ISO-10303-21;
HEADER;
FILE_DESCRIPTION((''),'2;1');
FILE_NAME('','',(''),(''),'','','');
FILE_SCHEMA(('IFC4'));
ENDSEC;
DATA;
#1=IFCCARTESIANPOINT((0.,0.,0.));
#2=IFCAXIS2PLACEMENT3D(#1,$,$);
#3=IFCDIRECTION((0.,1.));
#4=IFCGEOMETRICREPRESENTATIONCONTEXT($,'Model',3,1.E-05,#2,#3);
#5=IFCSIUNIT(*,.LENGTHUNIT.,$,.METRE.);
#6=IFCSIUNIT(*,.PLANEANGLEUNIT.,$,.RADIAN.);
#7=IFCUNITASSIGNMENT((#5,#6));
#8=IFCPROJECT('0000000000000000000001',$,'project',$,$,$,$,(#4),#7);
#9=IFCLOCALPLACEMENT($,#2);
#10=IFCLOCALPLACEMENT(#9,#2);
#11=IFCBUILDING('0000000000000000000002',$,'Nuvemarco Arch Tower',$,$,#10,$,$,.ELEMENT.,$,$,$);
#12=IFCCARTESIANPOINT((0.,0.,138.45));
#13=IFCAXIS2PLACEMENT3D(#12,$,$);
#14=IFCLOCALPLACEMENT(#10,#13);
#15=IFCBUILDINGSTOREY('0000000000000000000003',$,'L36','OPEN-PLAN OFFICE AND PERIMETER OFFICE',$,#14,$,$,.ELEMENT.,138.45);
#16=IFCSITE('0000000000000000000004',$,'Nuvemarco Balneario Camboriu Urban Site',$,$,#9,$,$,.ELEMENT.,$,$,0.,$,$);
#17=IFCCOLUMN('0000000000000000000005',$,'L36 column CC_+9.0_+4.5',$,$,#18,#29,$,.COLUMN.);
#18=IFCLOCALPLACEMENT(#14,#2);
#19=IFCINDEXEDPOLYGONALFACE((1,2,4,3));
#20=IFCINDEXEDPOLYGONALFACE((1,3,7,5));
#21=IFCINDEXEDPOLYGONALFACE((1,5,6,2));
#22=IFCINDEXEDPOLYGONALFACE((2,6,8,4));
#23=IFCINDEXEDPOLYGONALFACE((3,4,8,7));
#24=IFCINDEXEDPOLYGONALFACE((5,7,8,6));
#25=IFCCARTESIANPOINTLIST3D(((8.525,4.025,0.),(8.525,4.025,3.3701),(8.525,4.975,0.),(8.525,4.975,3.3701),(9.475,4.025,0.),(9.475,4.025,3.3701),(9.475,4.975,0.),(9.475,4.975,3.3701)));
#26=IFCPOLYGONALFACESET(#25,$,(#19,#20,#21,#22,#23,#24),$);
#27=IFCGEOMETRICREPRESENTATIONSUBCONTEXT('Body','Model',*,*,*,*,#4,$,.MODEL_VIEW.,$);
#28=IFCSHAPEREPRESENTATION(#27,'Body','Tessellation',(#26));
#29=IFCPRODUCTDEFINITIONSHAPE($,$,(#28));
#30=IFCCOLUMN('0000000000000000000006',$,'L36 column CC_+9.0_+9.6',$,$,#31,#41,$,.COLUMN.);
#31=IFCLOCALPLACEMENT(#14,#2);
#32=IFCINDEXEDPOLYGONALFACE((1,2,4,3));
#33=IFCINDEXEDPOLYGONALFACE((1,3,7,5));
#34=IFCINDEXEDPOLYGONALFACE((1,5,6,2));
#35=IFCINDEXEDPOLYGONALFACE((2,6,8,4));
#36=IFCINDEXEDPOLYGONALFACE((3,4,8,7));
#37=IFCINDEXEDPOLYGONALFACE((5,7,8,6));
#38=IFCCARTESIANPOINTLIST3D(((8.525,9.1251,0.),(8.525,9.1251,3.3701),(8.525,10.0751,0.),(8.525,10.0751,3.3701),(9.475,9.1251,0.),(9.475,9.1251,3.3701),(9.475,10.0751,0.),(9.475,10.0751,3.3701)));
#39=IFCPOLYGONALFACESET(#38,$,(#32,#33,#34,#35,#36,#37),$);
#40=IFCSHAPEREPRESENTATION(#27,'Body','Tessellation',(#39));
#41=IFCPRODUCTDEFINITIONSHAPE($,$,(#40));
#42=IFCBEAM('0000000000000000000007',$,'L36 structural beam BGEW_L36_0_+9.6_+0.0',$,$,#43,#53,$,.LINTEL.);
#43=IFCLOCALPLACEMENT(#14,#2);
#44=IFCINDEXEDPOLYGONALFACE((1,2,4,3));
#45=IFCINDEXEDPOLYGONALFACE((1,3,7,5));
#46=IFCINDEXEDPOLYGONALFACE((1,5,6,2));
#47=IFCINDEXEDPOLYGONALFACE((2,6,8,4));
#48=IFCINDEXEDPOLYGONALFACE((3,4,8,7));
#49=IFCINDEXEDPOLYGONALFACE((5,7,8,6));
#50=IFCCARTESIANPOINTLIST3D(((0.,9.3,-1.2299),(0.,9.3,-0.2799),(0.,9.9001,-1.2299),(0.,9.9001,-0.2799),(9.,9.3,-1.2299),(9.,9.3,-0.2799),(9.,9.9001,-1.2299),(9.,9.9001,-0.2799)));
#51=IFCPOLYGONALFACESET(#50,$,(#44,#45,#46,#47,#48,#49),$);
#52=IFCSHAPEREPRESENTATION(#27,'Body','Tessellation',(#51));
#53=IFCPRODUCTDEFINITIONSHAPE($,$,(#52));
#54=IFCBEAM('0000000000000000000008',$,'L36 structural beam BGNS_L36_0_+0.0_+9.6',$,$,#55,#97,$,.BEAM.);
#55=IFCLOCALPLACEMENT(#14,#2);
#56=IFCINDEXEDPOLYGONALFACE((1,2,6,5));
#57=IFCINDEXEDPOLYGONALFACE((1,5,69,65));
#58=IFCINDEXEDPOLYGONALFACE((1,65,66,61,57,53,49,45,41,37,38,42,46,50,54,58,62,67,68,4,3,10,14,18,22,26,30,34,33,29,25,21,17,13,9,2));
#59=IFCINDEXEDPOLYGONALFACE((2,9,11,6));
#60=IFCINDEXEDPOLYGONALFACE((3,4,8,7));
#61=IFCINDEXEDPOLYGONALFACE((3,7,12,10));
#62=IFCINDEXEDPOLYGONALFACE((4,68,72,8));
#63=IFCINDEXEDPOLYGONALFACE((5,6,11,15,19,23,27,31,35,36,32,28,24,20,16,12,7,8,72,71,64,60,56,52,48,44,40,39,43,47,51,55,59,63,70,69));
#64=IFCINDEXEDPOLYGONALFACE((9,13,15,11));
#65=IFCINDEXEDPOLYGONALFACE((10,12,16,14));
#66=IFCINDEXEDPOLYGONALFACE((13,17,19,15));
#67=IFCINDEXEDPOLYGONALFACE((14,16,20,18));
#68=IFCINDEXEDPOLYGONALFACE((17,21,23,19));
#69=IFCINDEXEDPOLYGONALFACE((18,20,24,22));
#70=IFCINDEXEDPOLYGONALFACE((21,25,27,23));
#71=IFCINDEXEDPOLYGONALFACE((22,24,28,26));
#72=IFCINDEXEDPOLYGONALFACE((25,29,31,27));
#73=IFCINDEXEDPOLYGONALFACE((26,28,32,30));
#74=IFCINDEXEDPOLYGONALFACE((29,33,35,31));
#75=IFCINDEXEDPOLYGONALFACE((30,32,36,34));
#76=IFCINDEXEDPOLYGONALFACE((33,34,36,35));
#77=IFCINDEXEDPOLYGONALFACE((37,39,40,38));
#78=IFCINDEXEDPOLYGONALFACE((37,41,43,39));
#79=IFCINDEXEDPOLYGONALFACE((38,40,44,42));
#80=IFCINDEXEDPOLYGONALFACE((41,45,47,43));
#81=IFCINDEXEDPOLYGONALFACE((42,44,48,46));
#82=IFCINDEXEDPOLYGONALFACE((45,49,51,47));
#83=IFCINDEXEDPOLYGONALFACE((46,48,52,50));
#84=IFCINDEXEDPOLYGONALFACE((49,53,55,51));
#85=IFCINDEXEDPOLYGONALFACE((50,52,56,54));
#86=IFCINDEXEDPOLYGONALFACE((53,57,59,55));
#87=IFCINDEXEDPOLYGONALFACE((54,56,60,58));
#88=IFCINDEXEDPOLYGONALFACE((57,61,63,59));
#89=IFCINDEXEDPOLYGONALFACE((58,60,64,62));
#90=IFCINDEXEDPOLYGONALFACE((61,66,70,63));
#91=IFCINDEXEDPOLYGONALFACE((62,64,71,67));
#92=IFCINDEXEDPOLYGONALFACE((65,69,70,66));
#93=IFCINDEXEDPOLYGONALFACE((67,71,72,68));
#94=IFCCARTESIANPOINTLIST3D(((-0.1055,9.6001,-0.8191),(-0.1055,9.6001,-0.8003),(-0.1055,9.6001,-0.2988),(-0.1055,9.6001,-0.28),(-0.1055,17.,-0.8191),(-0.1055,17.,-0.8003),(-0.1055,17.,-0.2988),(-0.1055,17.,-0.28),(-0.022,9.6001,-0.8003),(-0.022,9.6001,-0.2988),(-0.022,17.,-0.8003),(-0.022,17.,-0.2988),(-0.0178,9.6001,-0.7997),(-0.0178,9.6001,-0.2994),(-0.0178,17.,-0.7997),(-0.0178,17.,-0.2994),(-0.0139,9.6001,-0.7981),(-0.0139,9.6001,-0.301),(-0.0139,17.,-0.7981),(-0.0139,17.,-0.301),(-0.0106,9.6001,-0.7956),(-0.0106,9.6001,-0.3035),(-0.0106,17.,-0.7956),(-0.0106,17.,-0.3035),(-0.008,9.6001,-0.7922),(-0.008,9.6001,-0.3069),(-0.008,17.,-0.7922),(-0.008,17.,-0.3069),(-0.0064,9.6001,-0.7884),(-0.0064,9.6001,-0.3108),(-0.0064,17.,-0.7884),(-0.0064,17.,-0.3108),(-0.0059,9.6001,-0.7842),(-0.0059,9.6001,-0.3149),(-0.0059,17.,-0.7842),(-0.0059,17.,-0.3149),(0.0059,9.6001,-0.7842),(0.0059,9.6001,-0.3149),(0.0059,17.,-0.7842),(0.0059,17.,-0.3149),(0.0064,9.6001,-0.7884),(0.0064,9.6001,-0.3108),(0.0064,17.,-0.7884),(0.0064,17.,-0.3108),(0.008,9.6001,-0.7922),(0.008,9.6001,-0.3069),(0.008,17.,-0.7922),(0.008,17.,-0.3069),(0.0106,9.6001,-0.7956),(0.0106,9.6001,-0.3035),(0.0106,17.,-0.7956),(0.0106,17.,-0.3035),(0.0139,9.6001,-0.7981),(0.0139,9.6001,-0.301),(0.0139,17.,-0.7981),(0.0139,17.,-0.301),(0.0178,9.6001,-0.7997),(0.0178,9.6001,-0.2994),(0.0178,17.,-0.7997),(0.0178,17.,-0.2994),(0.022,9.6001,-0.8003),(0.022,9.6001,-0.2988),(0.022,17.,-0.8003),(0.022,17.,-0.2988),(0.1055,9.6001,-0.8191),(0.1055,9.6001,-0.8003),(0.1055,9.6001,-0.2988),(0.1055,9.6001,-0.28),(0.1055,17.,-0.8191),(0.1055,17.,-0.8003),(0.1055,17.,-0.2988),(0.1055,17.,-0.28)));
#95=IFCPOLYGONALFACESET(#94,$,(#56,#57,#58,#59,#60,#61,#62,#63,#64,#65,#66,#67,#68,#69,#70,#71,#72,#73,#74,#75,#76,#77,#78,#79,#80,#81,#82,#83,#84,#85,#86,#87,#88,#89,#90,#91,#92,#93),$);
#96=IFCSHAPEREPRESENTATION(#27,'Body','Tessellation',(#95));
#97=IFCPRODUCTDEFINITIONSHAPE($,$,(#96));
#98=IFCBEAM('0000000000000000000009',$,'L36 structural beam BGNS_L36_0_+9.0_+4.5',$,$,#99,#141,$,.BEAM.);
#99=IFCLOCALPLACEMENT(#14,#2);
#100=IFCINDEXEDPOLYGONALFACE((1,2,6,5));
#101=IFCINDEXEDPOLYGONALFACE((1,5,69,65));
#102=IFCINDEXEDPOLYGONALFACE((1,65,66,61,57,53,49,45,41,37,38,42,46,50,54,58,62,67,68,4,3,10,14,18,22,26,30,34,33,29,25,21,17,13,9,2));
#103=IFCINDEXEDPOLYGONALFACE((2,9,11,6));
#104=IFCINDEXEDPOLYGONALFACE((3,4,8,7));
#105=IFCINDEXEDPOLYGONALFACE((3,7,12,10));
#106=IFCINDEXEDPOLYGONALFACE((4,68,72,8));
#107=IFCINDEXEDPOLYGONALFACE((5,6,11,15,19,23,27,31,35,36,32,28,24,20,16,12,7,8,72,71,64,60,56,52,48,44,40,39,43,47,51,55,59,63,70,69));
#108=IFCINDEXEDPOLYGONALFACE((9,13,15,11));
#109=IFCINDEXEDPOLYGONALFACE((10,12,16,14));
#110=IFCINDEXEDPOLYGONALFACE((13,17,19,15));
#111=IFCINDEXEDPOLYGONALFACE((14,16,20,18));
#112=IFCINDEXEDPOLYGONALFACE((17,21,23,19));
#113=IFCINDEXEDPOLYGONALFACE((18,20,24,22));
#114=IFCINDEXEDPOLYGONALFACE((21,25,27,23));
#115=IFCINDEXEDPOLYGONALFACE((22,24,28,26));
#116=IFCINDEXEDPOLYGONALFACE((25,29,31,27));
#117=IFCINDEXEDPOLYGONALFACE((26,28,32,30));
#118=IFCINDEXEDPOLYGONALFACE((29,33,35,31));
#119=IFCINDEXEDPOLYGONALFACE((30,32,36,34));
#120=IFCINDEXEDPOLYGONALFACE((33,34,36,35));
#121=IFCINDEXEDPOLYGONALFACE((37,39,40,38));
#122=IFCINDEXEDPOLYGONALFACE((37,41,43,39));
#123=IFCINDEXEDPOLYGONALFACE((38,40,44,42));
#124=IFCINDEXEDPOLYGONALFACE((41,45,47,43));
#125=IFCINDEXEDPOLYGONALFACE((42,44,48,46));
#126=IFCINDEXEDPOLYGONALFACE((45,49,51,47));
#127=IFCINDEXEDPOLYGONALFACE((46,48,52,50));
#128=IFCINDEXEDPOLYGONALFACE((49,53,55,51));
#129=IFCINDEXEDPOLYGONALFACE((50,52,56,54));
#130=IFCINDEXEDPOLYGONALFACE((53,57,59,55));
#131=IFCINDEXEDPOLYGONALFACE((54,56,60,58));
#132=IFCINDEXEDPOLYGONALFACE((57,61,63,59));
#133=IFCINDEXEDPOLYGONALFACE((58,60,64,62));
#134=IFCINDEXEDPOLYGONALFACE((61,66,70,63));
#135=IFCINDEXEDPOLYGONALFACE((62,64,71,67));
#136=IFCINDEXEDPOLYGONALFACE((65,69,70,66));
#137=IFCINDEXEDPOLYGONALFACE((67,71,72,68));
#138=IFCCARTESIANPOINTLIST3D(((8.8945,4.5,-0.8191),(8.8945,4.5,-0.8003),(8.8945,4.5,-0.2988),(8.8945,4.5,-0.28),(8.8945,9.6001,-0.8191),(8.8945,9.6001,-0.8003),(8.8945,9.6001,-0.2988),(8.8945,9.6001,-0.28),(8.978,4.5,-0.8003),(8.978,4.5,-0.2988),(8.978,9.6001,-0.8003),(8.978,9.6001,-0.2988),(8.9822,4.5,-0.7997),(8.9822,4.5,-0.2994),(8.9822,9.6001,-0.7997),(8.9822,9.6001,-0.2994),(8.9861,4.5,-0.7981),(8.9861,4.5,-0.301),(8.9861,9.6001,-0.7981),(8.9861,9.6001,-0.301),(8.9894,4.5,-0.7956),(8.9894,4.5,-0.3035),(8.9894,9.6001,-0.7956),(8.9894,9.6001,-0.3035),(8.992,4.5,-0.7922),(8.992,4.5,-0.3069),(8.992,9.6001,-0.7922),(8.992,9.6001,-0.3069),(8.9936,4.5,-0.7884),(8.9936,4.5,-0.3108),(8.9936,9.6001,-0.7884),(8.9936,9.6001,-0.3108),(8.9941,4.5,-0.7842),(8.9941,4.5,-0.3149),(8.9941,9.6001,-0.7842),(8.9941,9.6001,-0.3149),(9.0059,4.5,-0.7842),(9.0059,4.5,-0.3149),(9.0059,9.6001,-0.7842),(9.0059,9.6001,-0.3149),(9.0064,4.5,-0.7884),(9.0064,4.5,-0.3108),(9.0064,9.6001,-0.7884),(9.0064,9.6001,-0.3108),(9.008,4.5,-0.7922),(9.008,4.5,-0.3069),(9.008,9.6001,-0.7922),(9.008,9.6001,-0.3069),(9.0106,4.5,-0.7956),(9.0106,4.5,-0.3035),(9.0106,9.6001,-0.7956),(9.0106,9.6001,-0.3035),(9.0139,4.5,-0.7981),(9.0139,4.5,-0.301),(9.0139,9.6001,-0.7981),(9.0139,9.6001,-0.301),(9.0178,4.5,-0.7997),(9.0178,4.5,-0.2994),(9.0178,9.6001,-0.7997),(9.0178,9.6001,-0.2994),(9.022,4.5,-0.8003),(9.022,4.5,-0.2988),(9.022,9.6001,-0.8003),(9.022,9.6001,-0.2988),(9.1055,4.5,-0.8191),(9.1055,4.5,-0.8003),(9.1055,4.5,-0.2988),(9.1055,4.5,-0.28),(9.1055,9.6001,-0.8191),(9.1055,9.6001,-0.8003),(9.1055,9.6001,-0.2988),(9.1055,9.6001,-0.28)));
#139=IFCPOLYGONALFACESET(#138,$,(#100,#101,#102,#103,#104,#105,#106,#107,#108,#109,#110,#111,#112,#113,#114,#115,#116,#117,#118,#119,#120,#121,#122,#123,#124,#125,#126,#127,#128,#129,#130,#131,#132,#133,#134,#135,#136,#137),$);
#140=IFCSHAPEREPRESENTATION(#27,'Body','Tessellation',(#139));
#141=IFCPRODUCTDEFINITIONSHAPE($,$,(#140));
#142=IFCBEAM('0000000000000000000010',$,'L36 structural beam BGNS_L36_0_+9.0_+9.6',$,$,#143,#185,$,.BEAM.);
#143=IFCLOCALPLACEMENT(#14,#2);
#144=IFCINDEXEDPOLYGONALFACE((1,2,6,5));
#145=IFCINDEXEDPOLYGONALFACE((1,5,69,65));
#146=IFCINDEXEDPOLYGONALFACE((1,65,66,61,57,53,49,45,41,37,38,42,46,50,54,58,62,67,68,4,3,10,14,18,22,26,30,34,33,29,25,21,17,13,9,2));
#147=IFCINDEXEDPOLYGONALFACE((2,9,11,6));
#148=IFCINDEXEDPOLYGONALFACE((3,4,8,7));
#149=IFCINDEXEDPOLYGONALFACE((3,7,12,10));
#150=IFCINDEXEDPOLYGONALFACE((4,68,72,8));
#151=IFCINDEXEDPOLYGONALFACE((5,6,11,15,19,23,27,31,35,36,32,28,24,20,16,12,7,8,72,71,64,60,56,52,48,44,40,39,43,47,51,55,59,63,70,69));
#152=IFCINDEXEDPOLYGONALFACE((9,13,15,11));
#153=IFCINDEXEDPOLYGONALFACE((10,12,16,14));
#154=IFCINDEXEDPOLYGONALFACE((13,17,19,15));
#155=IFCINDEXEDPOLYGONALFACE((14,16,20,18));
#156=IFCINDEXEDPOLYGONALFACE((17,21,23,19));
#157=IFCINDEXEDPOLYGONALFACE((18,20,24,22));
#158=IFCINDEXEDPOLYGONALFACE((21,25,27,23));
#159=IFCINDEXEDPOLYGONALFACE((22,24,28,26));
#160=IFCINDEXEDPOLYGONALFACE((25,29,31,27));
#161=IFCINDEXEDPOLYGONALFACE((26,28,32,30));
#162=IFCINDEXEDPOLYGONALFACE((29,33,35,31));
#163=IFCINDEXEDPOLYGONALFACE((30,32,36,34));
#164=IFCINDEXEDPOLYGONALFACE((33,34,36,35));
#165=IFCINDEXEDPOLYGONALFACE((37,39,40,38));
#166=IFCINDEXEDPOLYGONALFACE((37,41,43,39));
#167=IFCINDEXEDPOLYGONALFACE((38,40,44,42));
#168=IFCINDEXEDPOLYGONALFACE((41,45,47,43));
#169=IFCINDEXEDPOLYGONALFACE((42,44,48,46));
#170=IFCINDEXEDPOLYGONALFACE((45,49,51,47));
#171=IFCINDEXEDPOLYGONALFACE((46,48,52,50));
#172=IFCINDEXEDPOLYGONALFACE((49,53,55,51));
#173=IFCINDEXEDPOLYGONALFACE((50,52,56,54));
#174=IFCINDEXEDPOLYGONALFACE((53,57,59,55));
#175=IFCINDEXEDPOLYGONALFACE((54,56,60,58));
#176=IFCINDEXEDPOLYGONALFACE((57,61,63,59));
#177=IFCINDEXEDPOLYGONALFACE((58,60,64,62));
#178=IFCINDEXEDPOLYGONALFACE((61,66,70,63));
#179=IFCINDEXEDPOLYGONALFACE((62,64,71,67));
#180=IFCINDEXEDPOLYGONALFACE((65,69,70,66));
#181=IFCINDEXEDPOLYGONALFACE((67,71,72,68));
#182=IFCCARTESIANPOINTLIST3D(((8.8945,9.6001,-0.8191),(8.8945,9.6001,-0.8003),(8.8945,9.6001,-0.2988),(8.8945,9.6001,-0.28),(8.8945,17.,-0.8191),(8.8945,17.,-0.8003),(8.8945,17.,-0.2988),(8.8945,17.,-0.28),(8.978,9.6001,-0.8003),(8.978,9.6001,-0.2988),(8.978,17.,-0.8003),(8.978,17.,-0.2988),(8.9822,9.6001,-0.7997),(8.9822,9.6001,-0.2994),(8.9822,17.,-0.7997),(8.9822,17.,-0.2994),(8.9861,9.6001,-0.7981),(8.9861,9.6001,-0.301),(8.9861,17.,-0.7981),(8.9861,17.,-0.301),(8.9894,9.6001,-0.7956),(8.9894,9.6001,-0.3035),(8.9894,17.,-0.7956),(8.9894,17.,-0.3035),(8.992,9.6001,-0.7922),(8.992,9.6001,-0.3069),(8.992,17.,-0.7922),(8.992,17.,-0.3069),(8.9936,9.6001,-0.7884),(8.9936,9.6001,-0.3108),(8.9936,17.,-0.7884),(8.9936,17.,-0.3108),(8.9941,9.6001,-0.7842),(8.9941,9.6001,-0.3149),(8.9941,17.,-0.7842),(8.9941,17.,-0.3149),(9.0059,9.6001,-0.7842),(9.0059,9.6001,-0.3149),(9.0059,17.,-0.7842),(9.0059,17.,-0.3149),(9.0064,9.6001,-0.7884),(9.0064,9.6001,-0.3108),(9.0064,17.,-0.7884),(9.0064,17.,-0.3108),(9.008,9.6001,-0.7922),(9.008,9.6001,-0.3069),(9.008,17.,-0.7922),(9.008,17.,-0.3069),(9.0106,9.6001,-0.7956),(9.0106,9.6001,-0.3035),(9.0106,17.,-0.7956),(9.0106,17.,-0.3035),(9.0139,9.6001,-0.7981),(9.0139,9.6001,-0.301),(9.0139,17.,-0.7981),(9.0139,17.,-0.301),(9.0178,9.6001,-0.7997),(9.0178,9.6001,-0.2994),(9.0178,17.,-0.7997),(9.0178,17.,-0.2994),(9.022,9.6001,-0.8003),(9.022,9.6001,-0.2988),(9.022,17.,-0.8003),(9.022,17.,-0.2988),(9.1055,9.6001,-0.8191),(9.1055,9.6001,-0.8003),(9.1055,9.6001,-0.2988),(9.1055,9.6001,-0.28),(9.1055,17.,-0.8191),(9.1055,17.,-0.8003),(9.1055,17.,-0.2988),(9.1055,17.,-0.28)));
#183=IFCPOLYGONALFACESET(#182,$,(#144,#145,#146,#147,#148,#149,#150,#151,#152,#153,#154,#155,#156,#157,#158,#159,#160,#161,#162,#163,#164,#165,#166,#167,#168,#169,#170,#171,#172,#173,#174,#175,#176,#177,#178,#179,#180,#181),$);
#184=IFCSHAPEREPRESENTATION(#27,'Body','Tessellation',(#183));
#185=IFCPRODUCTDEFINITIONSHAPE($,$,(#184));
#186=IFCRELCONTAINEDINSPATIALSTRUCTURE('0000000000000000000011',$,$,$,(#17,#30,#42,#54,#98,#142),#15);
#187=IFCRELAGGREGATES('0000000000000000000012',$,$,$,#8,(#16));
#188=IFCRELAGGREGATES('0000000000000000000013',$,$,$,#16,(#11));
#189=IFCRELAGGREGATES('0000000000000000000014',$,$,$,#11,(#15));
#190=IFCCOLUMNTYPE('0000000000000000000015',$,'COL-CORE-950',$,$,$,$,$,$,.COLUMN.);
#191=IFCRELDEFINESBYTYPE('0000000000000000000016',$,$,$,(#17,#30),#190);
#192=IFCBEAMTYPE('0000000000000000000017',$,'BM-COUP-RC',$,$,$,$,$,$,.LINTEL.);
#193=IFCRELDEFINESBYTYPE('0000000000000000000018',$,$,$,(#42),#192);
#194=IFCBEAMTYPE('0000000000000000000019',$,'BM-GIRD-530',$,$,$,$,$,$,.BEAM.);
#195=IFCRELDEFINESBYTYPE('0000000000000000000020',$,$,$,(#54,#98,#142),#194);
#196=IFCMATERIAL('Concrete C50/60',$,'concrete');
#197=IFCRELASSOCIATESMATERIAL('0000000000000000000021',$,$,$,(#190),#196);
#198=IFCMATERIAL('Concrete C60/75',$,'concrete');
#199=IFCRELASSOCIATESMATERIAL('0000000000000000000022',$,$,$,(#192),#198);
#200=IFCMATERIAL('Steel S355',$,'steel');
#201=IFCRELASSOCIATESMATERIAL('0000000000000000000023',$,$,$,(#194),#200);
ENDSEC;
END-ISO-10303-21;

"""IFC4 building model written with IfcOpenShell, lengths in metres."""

from ifc_helpers import new_model, si_unit, direction, frame, origin, origin_2d, place, context, subcontext, project, spatial, rectangle, i_section, extrude, material, material_profile, profile_set, type_object, element, save


model = new_model("IFC4")

# Units and contexts
model_context = context("Model", 3, precision=1e-05, world=origin(), true_north=direction((0.0, 1.0)))
body_context = subcontext(model_context, "Body", "Model", "MODEL_VIEW")
ifc_project = project(units=[si_unit("LENGTHUNIT", "METRE"), si_unit("PLANEANGLEUNIT", "RADIAN")], contexts=[model_context])

# Site, building, storey
site_placement = place(None, origin())
site = spatial("IfcSite", under=ifc_project, at=site_placement, Name="Nuvemarco Balneario Camboriu Urban Site", CompositionType="ELEMENT", RefElevation=0.0)
building_placement = place(site_placement, origin())
building = spatial("IfcBuilding", under=site, at=building_placement, Name="Nuvemarco Arch Tower", CompositionType="ELEMENT")
storey_placement = place(building_placement, frame((0.0, 0.0, 138.45)))
storey = spatial("IfcBuildingStorey", under=building, at=storey_placement, Name="L36", Description="OPEN-PLAN OFFICE AND PERIMETER OFFICE", CompositionType="ELEMENT", Elevation=138.45)

# Columns
ifc_material_1 = material(Name="Concrete C50/60", Category="concrete")
ifc_material_profile_1 = material_profile(ifc_material_1, rectangle(XDim=0.95, YDim=0.95, at=origin_2d()), Name="RC-COL-950x950")
ifc_profile_set_1 = profile_set([ifc_material_profile_1], Name="Concrete C50/60")
column_type = type_object("IfcColumnType", Name="COL-CORE-950", PredefinedType="COLUMN", material=ifc_profile_set_1)
for number, where, z_axis, x_axis, name in (
    (1, (9.0, 4.5, 0.0), (0.0, 0.0, 1.0), (1.0, 0.0, 0.0), "L36 column CC_+9.0_+4.5"),
    (2, (9.0, 9.6001, 0.0), (0.0, 0.0, 1.0), (1.0, 0.0, 0.0), "L36 column CC_+9.0_+9.6"),
):
    element("IfcColumn", number, at=place(storey_placement, frame(where, z_axis=z_axis, x_axis=x_axis)), inside=storey, type_object=column_type, Name=name, PredefinedType="COLUMN", context=body_context, shape_type="SweptSolid", body=[
        extrude(rectangle(XDim=0.95, YDim=0.95, at=origin_2d()), origin(), (0.0, 0.0, 1.0), 3.3701),
    ])

# Beams
ifc_material_2 = material(Name="Concrete C60/75", Category="concrete")
ifc_material_profile_2 = material_profile(ifc_material_2, rectangle(XDim=0.6001, YDim=0.95, at=origin_2d()), Name="RC-BM-600x950")
ifc_profile_set_2 = profile_set([ifc_material_profile_2], Name="Concrete C60/75")
beam_type_1 = type_object("IfcBeamType", Name="BM-COUP-RC", PredefinedType="LINTEL", material=ifc_profile_set_2)
beam_1_placement = place(storey_placement, frame((0.0, 9.6001, -0.7549), z_axis=(1.0, 0.0, 0.0), x_axis=(0.0, 1.0, 0.0)))
element("IfcBeam", 3, at=beam_1_placement, inside=storey, type_object=beam_type_1, Name="L36 structural beam BGEW_L36_0_+9.6_+0.0", PredefinedType="LINTEL", context=body_context, shape_type="SweptSolid", body=[
    extrude(rectangle(XDim=0.6001, YDim=0.95, at=origin_2d()), origin(), (0.0, 0.0, 1.0), 9.0),
])
ifc_material_3 = material(Name="Steel S355", Category="steel")
ifc_material_profile_3 = material_profile(ifc_material_3, i_section(OverallWidth=0.2109, OverallDepth=0.5391, WebThickness=0.0117, FlangeThickness=0.0188, FilletRadius=0.0161, at=origin_2d()), Name="W530x109")
ifc_profile_set_3 = profile_set([ifc_material_profile_3], Name="Steel S355")
beam_type_2 = type_object("IfcBeamType", Name="BM-GIRD-530", PredefinedType="BEAM", material=ifc_profile_set_3)
beam_2_placement = place(storey_placement, frame((0.0, 9.6001, -0.5496), z_axis=(0.0, 1.0, 0.0), x_axis=(-1.0, 0.0, 0.0)))
element("IfcBeam", 4, at=beam_2_placement, inside=storey, type_object=beam_type_2, Name="L36 structural beam BGNS_L36_0_+0.0_+9.6", PredefinedType="BEAM", context=body_context, shape_type="SweptSolid", body=[
    extrude(i_section(OverallWidth=0.2109, OverallDepth=0.5391, WebThickness=0.0117, FlangeThickness=0.0188, FilletRadius=0.0161, at=origin_2d()), origin(), (0.0, 0.0, 1.0), 7.3999),
])
beam_3_placement = place(storey_placement, frame((9.0, 4.5, -0.5496), z_axis=(0.0, 1.0, 0.0), x_axis=(-1.0, 0.0, 0.0)))
element("IfcBeam", 5, at=beam_3_placement, inside=storey, type_object=beam_type_2, Name="L36 structural beam BGNS_L36_0_+9.0_+4.5", PredefinedType="BEAM", context=body_context, shape_type="SweptSolid", body=[
    extrude(i_section(OverallWidth=0.2109, OverallDepth=0.5391, WebThickness=0.0117, FlangeThickness=0.0188, FilletRadius=0.0161, at=origin_2d()), origin(), (0.0, 0.0, 1.0), 5.1001),
])
beam_4_placement = place(storey_placement, frame((9.0, 9.6001, -0.5496), z_axis=(0.0, 1.0, 0.0), x_axis=(-1.0, 0.0, 0.0)))
element("IfcBeam", 6, at=beam_4_placement, inside=storey, type_object=beam_type_2, Name="L36 structural beam BGNS_L36_0_+9.0_+9.6", PredefinedType="BEAM", context=body_context, shape_type="SweptSolid", body=[
    extrude(i_section(OverallWidth=0.2109, OverallDepth=0.5391, WebThickness=0.0117, FlangeThickness=0.0188, FilletRadius=0.0161, at=origin_2d()), origin(), (0.0, 0.0, 1.0), 7.3999),
])

save(model, "model.ifc")
